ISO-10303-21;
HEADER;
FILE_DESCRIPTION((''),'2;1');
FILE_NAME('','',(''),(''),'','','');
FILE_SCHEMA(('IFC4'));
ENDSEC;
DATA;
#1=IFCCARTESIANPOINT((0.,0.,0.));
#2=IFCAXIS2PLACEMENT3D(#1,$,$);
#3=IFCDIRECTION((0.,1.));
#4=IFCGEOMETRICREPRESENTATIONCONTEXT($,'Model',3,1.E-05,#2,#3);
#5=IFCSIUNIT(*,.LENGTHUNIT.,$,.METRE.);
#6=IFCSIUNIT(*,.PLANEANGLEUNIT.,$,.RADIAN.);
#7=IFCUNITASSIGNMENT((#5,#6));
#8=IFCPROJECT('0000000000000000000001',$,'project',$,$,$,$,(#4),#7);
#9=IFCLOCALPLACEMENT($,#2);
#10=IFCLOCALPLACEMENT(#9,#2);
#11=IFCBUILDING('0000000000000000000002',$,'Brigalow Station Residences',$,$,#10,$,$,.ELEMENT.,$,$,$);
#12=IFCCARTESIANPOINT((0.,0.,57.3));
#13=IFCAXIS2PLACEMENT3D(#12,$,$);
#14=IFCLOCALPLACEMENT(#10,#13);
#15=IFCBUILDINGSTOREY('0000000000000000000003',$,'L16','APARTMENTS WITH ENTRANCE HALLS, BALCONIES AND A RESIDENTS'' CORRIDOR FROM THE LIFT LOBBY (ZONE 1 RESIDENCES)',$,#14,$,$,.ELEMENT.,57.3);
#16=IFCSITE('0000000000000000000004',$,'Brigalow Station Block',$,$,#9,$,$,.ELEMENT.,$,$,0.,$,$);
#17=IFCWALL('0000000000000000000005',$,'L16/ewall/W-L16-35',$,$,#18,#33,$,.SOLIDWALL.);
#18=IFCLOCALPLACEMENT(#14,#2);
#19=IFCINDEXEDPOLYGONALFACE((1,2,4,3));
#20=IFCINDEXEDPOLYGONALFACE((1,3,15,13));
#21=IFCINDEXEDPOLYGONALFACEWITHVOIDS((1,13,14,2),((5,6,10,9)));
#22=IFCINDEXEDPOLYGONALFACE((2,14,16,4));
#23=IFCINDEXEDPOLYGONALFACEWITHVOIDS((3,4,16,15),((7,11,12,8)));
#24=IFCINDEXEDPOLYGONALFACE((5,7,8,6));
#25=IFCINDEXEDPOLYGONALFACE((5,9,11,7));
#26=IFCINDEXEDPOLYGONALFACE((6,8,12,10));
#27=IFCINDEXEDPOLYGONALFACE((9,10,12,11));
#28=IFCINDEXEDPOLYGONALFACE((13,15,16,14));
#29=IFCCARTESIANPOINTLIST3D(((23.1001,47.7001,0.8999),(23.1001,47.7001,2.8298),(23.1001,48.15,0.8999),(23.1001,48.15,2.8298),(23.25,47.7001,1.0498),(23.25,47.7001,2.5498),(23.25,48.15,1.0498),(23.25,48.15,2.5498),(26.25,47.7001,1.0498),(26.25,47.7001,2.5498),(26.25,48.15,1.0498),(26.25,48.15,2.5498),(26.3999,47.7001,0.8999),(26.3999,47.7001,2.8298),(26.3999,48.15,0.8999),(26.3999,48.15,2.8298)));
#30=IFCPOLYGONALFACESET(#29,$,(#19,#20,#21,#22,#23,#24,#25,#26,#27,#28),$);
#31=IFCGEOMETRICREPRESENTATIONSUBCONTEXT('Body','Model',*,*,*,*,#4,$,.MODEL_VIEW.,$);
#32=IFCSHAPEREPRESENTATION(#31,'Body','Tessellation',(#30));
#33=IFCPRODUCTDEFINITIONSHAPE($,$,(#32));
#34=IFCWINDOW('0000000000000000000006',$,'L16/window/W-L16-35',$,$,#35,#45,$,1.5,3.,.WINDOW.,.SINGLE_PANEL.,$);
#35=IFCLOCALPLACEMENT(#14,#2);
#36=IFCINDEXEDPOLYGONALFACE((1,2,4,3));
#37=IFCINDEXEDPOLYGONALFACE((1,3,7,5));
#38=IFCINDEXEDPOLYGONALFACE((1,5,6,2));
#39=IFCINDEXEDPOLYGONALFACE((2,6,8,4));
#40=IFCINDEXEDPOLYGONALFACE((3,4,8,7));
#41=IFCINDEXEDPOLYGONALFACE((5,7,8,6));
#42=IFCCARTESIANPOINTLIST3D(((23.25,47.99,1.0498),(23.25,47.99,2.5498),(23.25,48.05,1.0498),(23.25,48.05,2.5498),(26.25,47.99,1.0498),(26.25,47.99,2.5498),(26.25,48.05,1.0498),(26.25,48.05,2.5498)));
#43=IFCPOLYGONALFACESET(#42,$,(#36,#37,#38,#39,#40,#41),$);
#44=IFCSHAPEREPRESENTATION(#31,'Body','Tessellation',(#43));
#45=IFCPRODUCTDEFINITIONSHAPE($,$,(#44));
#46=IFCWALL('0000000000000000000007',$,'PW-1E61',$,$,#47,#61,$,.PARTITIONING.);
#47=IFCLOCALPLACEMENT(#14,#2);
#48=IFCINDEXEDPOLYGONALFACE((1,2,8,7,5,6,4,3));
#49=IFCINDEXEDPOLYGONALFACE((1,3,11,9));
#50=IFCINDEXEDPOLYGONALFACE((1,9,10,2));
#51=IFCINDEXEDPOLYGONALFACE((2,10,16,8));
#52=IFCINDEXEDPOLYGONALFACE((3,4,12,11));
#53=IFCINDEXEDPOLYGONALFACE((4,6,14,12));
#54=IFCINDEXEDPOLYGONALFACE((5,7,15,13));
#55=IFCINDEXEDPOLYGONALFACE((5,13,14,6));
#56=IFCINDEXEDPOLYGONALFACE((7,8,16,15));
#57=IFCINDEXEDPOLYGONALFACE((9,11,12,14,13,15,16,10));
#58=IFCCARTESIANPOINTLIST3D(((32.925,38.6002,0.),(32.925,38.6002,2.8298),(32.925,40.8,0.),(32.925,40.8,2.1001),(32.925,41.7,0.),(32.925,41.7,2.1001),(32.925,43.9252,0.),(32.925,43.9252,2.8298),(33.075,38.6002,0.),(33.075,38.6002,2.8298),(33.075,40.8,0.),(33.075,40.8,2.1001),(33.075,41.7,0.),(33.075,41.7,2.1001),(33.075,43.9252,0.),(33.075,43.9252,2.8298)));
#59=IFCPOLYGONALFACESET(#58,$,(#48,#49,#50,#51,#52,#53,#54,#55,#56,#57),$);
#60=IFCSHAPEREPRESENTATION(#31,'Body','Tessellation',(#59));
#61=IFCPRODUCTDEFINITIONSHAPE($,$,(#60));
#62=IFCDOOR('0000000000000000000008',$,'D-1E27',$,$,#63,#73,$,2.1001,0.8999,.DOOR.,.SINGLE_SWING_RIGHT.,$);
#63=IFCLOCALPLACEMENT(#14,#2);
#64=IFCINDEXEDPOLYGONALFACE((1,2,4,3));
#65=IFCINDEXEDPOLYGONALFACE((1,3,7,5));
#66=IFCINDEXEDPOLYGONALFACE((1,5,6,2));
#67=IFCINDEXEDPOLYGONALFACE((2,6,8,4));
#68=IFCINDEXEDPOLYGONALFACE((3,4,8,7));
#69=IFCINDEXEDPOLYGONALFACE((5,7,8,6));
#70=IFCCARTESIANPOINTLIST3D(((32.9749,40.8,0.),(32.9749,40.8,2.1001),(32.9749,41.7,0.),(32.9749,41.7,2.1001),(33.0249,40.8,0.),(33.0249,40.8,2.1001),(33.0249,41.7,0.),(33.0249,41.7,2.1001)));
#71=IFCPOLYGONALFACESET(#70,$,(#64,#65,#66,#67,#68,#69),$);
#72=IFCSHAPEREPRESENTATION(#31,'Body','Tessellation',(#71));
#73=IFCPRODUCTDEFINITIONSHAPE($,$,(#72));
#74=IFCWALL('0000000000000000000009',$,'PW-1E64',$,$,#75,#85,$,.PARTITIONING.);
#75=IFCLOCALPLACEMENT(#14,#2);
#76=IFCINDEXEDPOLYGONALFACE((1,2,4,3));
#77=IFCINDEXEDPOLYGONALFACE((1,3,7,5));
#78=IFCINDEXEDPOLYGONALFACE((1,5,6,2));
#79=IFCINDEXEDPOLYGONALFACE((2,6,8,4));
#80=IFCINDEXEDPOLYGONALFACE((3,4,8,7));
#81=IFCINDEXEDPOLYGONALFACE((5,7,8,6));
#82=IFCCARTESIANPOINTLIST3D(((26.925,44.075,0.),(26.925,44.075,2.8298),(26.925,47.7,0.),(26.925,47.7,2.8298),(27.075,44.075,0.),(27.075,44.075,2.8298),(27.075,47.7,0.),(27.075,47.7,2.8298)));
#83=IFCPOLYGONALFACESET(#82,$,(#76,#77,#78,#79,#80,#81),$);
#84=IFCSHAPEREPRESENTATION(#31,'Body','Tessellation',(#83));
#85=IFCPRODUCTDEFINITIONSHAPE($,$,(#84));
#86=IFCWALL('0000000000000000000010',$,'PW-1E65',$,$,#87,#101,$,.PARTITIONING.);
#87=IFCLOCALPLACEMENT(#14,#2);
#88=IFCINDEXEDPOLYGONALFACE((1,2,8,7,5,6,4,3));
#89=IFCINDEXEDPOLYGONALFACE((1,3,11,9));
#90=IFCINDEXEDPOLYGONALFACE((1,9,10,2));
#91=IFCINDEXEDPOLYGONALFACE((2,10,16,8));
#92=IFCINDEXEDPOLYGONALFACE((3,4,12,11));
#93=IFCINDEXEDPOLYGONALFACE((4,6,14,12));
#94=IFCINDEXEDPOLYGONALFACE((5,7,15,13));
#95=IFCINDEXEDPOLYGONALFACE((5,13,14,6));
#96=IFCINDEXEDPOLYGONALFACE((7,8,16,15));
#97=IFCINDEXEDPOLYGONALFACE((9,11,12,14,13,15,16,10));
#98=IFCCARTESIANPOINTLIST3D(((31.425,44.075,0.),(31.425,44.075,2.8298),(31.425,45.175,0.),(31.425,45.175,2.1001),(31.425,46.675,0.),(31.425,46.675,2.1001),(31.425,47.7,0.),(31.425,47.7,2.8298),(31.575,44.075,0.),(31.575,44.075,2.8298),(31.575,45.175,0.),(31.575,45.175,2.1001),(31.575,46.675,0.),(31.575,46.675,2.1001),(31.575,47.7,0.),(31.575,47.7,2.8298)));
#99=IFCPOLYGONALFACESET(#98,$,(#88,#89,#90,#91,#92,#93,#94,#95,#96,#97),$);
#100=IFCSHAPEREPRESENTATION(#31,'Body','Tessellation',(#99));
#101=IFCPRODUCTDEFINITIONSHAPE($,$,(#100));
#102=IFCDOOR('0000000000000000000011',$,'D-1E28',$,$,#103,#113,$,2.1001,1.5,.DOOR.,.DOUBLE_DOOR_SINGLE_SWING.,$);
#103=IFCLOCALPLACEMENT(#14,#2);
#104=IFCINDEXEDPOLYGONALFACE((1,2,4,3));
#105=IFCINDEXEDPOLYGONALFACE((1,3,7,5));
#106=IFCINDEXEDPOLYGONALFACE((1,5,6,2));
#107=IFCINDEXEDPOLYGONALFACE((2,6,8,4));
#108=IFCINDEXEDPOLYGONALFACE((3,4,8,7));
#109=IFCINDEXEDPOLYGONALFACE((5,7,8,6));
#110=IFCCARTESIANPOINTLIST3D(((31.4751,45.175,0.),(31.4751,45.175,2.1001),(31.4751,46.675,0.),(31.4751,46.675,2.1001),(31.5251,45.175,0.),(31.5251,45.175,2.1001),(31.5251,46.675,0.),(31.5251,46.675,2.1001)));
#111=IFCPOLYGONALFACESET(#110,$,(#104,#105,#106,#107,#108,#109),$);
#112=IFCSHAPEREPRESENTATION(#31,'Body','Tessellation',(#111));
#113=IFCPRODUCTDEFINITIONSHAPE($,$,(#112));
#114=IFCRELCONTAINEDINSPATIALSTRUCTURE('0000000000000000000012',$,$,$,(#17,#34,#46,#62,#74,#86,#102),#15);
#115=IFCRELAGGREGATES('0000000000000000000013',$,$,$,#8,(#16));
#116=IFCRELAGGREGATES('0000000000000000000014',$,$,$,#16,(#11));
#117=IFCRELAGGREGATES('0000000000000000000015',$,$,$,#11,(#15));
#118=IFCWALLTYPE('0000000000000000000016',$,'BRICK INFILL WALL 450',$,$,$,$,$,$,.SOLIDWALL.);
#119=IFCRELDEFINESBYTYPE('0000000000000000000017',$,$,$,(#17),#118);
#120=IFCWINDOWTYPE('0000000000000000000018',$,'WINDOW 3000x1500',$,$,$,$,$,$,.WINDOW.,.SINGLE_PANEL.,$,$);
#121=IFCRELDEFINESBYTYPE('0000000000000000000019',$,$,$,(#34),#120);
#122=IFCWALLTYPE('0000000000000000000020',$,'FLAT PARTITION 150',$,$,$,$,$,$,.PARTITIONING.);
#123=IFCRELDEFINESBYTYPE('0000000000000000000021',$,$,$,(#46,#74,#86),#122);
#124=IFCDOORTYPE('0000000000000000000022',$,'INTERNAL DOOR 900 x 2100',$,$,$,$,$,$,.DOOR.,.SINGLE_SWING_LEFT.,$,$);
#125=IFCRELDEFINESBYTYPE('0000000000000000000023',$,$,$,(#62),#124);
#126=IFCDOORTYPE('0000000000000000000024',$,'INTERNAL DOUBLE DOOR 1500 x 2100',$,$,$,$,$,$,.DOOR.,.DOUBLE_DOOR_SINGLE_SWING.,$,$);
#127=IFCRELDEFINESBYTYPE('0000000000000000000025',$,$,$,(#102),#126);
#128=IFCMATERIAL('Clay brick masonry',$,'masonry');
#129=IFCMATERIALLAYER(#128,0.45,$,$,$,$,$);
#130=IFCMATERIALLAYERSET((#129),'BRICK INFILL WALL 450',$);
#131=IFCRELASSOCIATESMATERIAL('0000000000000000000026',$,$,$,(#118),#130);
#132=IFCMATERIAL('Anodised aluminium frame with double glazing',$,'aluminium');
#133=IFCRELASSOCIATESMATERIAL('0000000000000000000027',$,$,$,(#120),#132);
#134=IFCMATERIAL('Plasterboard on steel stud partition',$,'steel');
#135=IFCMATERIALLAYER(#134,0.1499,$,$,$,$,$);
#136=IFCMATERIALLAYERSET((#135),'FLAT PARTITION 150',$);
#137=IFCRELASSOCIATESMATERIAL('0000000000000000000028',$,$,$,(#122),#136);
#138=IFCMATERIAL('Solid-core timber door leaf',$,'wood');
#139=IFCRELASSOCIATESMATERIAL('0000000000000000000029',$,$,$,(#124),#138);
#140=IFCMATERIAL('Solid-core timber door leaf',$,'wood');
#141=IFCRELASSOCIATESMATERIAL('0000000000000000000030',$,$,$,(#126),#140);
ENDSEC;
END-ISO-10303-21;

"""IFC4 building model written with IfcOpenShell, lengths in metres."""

from ifc_helpers import new_model, si_unit, direction, frame, frame_2d, origin, place, context, subcontext, project, spatial, rectangle, extrude, material, layer, layer_set, type_object, element, fill, save


model = new_model("IFC4")

# Units and contexts
model_context = context("Model", 3, precision=1e-05, world=origin(), true_north=direction((0.0, 1.0)))
body_context = subcontext(model_context, "Body", "Model", "MODEL_VIEW")
ifc_project = project(units=[si_unit("LENGTHUNIT", "METRE"), si_unit("PLANEANGLEUNIT", "RADIAN")], contexts=[model_context])

# Site, building, storey
site_placement = place(None, origin())
site = spatial("IfcSite", under=ifc_project, at=site_placement, Name="Brigalow Station Block", CompositionType="ELEMENT", RefElevation=0.0)
building_placement = place(site_placement, origin())
building = spatial("IfcBuilding", under=site, at=building_placement, Name="Brigalow Station Residences", CompositionType="ELEMENT")
storey_placement = place(building_placement, frame((0.0, 0.0, 57.3)))
storey = spatial("IfcBuildingStorey", under=building, at=storey_placement, Name="L16", Description="APARTMENTS WITH ENTRANCE HALLS, BALCONIES AND A RESIDENTS' CORRIDOR FROM THE LIFT LOBBY (ZONE 1 RESIDENCES)", CompositionType="ELEMENT", Elevation=57.3)

# Shared definitions
ifc_material_1 = material(Name="Clay brick masonry", Category="masonry")
ifc_layer_1 = layer(ifc_material_1, 0.45)
ifc_layer_set_1 = layer_set([ifc_layer_1], Name="BRICK INFILL WALL 450")
wall_type_1 = type_object("IfcWallType", Name="BRICK INFILL WALL 450", PredefinedType="SOLIDWALL", material=ifc_layer_set_1)

# Wall, opening, window
wall_1_placement = place(storey_placement, frame((26.3999, 47.925, 0.8999), z_axis=(0.0, 0.0, 1.0), x_axis=(-1.0, 0.0, 0.0)))
wall_1 = element("IfcWall", 1, at=wall_1_placement, inside=storey, type_object=wall_type_1, Name="L16/ewall/W-L16-35", PredefinedType="SOLIDWALL", context=body_context, shape_type="SweptSolid", body=[
    extrude(rectangle(XDim=3.2998, YDim=0.45, at=frame_2d((1.6499, 0.0))), origin(), (0.0, 0.0, 1.0), 1.9299),
])
opening_1_placement = place(wall_1_placement, frame((0.1499, 0.0, 0.1499)))
opening_1 = element("IfcOpeningElement", 2, at=opening_1_placement, cuts=wall_1, PredefinedType="OPENING", context=body_context, shape_type="SweptSolid", body=[
    extrude(rectangle(XDim=3.0, YDim=1.5, at=frame_2d((1.5, 0.75))), frame((0.0, 0.2349, 0.0), z_axis=(0.0, -1.0, 0.0), x_axis=(1.0, 0.0, 0.0)), (0.0, 0.0, 1.0), 0.47),
])
ifc_material_2 = material(Name="Anodised aluminium frame with double glazing", Category="aluminium")
window_type = type_object("IfcWindowType", Name="WINDOW 3000x1500", PartitioningType="SINGLE_PANEL", PredefinedType="WINDOW", material=ifc_material_2)
window_placement = place(opening_1_placement, origin())
window = element("IfcWindow", 3, at=window_placement, inside=storey, type_object=window_type, Name="L16/window/W-L16-35", OverallHeight=1.5, OverallWidth=3.0, PartitioningType="SINGLE_PANEL", PredefinedType="WINDOW", context=body_context, shape_type="SweptSolid", body=[
    extrude(rectangle(XDim=3.0, YDim=1.5, at=frame_2d((1.5, 0.75))), frame((0.0, -0.0649, 0.0), z_axis=(0.0, -1.0, 0.0), x_axis=(1.0, 0.0, 0.0)), (0.0, 0.0, 1.0), 0.0601),
])
fill(opening_1, window)

# Wall, opening, door
ifc_material_3 = material(Name="Plasterboard on steel stud partition", Category="steel")
ifc_layer_2 = layer(ifc_material_3, 0.1499)
ifc_layer_set_2 = layer_set([ifc_layer_2], Name="FLAT PARTITION 150")
wall_type_2 = type_object("IfcWallType", Name="FLAT PARTITION 150", PredefinedType="PARTITIONING", material=ifc_layer_set_2)
wall_2_placement = place(storey_placement, frame((33.0, 38.6001, 0.0), z_axis=(0.0, 0.0, 1.0), x_axis=(0.0, 1.0, 0.0)))
wall_2 = element("IfcWall", 4, at=wall_2_placement, inside=storey, type_object=wall_type_2, Name="PW-1E61", PredefinedType="PARTITIONING", context=body_context, shape_type="SweptSolid", body=[
    extrude(rectangle(XDim=5.325, YDim=0.1499, at=frame_2d((2.6626, 0.0))), origin(), (0.0, 0.0, 1.0), 2.8298),
])
opening_2_placement = place(wall_2_placement, frame((2.2, 0.0, 0.0)))
opening_2 = element("IfcOpeningElement", 5, at=opening_2_placement, cuts=wall_2, PredefinedType="OPENING", context=body_context, shape_type="SweptSolid", body=[
    extrude(rectangle(XDim=0.8999, YDim=2.1001, at=frame_2d((0.45, 1.05))), frame((0.0, 0.085, 0.0), z_axis=(0.0, -1.0, 0.0), x_axis=(1.0, 0.0, 0.0)), (0.0, 0.0, 1.0), 0.1699),
])
ifc_material_4 = material(Name="Solid-core timber door leaf", Category="wood")
door_type_1 = type_object("IfcDoorType", Name="INTERNAL DOOR 900 x 2100", OperationType="SINGLE_SWING_LEFT", PredefinedType="DOOR", material=ifc_material_4)
door_1_placement = place(opening_2_placement, frame((0.8999, 0.0, 0.0), z_axis=(0.0, 0.0, 1.0), x_axis=(-1.0, 0.0, 0.0)))
door_1 = element("IfcDoor", 6, at=door_1_placement, inside=storey, type_object=door_type_1, Name="D-1E27", OperationType="SINGLE_SWING_RIGHT", OverallHeight=2.1001, OverallWidth=0.8999, PredefinedType="DOOR", context=body_context, shape_type="SweptSolid", body=[
    extrude(rectangle(XDim=0.8999, YDim=2.1001, at=frame_2d((0.45, 1.05))), frame((0.0, 0.0249, 0.0), z_axis=(0.0, -1.0, 0.0), x_axis=(1.0, 0.0, 0.0)), (0.0, 0.0, 1.0), 0.05),
])
fill(opening_2, door_1)

# Wall
wall_3_placement = place(storey_placement, frame((27.0, 44.075, 0.0), z_axis=(0.0, 0.0, 1.0), x_axis=(0.0, 1.0, 0.0)))
element("IfcWall", 7, at=wall_3_placement, inside=storey, type_object=wall_type_2, Name="PW-1E64", PredefinedType="PARTITIONING", context=body_context, shape_type="SweptSolid", body=[
    extrude(rectangle(XDim=3.625, YDim=0.1499, at=frame_2d((1.8125, 0.0))), origin(), (0.0, 0.0, 1.0), 2.8298),
])

# Wall, opening, door
wall_4_placement = place(storey_placement, frame((31.5, 44.075, 0.0), z_axis=(0.0, 0.0, 1.0), x_axis=(0.0, 1.0, 0.0)))
wall_4 = element("IfcWall", 8, at=wall_4_placement, inside=storey, type_object=wall_type_2, Name="PW-1E65", PredefinedType="PARTITIONING", context=body_context, shape_type="SweptSolid", body=[
    extrude(rectangle(XDim=3.625, YDim=0.1499, at=frame_2d((1.8125, 0.0))), origin(), (0.0, 0.0, 1.0), 2.8298),
])
opening_3_placement = place(wall_4_placement, frame((1.1001, 0.0, 0.0)))
opening_3 = element("IfcOpeningElement", 9, at=opening_3_placement, cuts=wall_4, PredefinedType="OPENING", context=body_context, shape_type="SweptSolid", body=[
    extrude(rectangle(XDim=1.5, YDim=2.1001, at=frame_2d((0.75, 1.05))), frame((0.0, 0.085, 0.0), z_axis=(0.0, -1.0, 0.0), x_axis=(1.0, 0.0, 0.0)), (0.0, 0.0, 1.0), 0.1699),
])
ifc_material_5 = material(Name="Solid-core timber door leaf", Category="wood")
door_type_2 = type_object("IfcDoorType", Name="INTERNAL DOUBLE DOOR 1500 x 2100", OperationType="DOUBLE_DOOR_SINGLE_SWING", PredefinedType="DOOR", material=ifc_material_5)
door_2_placement = place(opening_3_placement, origin())
door_2 = element("IfcDoor", 10, at=door_2_placement, inside=storey, type_object=door_type_2, Name="D-1E28", OperationType="DOUBLE_DOOR_SINGLE_SWING", OverallHeight=2.1001, OverallWidth=1.5, PredefinedType="DOOR", context=body_context, shape_type="SweptSolid", body=[
    extrude(rectangle(XDim=1.5, YDim=2.1001, at=frame_2d((0.75, 1.05))), frame((0.0, 0.0249, 0.0), z_axis=(0.0, -1.0, 0.0), x_axis=(1.0, 0.0, 0.0)), (0.0, 0.0, 1.0), 0.05),
])
fill(opening_3, door_2)

save(model, "model.ifc")
